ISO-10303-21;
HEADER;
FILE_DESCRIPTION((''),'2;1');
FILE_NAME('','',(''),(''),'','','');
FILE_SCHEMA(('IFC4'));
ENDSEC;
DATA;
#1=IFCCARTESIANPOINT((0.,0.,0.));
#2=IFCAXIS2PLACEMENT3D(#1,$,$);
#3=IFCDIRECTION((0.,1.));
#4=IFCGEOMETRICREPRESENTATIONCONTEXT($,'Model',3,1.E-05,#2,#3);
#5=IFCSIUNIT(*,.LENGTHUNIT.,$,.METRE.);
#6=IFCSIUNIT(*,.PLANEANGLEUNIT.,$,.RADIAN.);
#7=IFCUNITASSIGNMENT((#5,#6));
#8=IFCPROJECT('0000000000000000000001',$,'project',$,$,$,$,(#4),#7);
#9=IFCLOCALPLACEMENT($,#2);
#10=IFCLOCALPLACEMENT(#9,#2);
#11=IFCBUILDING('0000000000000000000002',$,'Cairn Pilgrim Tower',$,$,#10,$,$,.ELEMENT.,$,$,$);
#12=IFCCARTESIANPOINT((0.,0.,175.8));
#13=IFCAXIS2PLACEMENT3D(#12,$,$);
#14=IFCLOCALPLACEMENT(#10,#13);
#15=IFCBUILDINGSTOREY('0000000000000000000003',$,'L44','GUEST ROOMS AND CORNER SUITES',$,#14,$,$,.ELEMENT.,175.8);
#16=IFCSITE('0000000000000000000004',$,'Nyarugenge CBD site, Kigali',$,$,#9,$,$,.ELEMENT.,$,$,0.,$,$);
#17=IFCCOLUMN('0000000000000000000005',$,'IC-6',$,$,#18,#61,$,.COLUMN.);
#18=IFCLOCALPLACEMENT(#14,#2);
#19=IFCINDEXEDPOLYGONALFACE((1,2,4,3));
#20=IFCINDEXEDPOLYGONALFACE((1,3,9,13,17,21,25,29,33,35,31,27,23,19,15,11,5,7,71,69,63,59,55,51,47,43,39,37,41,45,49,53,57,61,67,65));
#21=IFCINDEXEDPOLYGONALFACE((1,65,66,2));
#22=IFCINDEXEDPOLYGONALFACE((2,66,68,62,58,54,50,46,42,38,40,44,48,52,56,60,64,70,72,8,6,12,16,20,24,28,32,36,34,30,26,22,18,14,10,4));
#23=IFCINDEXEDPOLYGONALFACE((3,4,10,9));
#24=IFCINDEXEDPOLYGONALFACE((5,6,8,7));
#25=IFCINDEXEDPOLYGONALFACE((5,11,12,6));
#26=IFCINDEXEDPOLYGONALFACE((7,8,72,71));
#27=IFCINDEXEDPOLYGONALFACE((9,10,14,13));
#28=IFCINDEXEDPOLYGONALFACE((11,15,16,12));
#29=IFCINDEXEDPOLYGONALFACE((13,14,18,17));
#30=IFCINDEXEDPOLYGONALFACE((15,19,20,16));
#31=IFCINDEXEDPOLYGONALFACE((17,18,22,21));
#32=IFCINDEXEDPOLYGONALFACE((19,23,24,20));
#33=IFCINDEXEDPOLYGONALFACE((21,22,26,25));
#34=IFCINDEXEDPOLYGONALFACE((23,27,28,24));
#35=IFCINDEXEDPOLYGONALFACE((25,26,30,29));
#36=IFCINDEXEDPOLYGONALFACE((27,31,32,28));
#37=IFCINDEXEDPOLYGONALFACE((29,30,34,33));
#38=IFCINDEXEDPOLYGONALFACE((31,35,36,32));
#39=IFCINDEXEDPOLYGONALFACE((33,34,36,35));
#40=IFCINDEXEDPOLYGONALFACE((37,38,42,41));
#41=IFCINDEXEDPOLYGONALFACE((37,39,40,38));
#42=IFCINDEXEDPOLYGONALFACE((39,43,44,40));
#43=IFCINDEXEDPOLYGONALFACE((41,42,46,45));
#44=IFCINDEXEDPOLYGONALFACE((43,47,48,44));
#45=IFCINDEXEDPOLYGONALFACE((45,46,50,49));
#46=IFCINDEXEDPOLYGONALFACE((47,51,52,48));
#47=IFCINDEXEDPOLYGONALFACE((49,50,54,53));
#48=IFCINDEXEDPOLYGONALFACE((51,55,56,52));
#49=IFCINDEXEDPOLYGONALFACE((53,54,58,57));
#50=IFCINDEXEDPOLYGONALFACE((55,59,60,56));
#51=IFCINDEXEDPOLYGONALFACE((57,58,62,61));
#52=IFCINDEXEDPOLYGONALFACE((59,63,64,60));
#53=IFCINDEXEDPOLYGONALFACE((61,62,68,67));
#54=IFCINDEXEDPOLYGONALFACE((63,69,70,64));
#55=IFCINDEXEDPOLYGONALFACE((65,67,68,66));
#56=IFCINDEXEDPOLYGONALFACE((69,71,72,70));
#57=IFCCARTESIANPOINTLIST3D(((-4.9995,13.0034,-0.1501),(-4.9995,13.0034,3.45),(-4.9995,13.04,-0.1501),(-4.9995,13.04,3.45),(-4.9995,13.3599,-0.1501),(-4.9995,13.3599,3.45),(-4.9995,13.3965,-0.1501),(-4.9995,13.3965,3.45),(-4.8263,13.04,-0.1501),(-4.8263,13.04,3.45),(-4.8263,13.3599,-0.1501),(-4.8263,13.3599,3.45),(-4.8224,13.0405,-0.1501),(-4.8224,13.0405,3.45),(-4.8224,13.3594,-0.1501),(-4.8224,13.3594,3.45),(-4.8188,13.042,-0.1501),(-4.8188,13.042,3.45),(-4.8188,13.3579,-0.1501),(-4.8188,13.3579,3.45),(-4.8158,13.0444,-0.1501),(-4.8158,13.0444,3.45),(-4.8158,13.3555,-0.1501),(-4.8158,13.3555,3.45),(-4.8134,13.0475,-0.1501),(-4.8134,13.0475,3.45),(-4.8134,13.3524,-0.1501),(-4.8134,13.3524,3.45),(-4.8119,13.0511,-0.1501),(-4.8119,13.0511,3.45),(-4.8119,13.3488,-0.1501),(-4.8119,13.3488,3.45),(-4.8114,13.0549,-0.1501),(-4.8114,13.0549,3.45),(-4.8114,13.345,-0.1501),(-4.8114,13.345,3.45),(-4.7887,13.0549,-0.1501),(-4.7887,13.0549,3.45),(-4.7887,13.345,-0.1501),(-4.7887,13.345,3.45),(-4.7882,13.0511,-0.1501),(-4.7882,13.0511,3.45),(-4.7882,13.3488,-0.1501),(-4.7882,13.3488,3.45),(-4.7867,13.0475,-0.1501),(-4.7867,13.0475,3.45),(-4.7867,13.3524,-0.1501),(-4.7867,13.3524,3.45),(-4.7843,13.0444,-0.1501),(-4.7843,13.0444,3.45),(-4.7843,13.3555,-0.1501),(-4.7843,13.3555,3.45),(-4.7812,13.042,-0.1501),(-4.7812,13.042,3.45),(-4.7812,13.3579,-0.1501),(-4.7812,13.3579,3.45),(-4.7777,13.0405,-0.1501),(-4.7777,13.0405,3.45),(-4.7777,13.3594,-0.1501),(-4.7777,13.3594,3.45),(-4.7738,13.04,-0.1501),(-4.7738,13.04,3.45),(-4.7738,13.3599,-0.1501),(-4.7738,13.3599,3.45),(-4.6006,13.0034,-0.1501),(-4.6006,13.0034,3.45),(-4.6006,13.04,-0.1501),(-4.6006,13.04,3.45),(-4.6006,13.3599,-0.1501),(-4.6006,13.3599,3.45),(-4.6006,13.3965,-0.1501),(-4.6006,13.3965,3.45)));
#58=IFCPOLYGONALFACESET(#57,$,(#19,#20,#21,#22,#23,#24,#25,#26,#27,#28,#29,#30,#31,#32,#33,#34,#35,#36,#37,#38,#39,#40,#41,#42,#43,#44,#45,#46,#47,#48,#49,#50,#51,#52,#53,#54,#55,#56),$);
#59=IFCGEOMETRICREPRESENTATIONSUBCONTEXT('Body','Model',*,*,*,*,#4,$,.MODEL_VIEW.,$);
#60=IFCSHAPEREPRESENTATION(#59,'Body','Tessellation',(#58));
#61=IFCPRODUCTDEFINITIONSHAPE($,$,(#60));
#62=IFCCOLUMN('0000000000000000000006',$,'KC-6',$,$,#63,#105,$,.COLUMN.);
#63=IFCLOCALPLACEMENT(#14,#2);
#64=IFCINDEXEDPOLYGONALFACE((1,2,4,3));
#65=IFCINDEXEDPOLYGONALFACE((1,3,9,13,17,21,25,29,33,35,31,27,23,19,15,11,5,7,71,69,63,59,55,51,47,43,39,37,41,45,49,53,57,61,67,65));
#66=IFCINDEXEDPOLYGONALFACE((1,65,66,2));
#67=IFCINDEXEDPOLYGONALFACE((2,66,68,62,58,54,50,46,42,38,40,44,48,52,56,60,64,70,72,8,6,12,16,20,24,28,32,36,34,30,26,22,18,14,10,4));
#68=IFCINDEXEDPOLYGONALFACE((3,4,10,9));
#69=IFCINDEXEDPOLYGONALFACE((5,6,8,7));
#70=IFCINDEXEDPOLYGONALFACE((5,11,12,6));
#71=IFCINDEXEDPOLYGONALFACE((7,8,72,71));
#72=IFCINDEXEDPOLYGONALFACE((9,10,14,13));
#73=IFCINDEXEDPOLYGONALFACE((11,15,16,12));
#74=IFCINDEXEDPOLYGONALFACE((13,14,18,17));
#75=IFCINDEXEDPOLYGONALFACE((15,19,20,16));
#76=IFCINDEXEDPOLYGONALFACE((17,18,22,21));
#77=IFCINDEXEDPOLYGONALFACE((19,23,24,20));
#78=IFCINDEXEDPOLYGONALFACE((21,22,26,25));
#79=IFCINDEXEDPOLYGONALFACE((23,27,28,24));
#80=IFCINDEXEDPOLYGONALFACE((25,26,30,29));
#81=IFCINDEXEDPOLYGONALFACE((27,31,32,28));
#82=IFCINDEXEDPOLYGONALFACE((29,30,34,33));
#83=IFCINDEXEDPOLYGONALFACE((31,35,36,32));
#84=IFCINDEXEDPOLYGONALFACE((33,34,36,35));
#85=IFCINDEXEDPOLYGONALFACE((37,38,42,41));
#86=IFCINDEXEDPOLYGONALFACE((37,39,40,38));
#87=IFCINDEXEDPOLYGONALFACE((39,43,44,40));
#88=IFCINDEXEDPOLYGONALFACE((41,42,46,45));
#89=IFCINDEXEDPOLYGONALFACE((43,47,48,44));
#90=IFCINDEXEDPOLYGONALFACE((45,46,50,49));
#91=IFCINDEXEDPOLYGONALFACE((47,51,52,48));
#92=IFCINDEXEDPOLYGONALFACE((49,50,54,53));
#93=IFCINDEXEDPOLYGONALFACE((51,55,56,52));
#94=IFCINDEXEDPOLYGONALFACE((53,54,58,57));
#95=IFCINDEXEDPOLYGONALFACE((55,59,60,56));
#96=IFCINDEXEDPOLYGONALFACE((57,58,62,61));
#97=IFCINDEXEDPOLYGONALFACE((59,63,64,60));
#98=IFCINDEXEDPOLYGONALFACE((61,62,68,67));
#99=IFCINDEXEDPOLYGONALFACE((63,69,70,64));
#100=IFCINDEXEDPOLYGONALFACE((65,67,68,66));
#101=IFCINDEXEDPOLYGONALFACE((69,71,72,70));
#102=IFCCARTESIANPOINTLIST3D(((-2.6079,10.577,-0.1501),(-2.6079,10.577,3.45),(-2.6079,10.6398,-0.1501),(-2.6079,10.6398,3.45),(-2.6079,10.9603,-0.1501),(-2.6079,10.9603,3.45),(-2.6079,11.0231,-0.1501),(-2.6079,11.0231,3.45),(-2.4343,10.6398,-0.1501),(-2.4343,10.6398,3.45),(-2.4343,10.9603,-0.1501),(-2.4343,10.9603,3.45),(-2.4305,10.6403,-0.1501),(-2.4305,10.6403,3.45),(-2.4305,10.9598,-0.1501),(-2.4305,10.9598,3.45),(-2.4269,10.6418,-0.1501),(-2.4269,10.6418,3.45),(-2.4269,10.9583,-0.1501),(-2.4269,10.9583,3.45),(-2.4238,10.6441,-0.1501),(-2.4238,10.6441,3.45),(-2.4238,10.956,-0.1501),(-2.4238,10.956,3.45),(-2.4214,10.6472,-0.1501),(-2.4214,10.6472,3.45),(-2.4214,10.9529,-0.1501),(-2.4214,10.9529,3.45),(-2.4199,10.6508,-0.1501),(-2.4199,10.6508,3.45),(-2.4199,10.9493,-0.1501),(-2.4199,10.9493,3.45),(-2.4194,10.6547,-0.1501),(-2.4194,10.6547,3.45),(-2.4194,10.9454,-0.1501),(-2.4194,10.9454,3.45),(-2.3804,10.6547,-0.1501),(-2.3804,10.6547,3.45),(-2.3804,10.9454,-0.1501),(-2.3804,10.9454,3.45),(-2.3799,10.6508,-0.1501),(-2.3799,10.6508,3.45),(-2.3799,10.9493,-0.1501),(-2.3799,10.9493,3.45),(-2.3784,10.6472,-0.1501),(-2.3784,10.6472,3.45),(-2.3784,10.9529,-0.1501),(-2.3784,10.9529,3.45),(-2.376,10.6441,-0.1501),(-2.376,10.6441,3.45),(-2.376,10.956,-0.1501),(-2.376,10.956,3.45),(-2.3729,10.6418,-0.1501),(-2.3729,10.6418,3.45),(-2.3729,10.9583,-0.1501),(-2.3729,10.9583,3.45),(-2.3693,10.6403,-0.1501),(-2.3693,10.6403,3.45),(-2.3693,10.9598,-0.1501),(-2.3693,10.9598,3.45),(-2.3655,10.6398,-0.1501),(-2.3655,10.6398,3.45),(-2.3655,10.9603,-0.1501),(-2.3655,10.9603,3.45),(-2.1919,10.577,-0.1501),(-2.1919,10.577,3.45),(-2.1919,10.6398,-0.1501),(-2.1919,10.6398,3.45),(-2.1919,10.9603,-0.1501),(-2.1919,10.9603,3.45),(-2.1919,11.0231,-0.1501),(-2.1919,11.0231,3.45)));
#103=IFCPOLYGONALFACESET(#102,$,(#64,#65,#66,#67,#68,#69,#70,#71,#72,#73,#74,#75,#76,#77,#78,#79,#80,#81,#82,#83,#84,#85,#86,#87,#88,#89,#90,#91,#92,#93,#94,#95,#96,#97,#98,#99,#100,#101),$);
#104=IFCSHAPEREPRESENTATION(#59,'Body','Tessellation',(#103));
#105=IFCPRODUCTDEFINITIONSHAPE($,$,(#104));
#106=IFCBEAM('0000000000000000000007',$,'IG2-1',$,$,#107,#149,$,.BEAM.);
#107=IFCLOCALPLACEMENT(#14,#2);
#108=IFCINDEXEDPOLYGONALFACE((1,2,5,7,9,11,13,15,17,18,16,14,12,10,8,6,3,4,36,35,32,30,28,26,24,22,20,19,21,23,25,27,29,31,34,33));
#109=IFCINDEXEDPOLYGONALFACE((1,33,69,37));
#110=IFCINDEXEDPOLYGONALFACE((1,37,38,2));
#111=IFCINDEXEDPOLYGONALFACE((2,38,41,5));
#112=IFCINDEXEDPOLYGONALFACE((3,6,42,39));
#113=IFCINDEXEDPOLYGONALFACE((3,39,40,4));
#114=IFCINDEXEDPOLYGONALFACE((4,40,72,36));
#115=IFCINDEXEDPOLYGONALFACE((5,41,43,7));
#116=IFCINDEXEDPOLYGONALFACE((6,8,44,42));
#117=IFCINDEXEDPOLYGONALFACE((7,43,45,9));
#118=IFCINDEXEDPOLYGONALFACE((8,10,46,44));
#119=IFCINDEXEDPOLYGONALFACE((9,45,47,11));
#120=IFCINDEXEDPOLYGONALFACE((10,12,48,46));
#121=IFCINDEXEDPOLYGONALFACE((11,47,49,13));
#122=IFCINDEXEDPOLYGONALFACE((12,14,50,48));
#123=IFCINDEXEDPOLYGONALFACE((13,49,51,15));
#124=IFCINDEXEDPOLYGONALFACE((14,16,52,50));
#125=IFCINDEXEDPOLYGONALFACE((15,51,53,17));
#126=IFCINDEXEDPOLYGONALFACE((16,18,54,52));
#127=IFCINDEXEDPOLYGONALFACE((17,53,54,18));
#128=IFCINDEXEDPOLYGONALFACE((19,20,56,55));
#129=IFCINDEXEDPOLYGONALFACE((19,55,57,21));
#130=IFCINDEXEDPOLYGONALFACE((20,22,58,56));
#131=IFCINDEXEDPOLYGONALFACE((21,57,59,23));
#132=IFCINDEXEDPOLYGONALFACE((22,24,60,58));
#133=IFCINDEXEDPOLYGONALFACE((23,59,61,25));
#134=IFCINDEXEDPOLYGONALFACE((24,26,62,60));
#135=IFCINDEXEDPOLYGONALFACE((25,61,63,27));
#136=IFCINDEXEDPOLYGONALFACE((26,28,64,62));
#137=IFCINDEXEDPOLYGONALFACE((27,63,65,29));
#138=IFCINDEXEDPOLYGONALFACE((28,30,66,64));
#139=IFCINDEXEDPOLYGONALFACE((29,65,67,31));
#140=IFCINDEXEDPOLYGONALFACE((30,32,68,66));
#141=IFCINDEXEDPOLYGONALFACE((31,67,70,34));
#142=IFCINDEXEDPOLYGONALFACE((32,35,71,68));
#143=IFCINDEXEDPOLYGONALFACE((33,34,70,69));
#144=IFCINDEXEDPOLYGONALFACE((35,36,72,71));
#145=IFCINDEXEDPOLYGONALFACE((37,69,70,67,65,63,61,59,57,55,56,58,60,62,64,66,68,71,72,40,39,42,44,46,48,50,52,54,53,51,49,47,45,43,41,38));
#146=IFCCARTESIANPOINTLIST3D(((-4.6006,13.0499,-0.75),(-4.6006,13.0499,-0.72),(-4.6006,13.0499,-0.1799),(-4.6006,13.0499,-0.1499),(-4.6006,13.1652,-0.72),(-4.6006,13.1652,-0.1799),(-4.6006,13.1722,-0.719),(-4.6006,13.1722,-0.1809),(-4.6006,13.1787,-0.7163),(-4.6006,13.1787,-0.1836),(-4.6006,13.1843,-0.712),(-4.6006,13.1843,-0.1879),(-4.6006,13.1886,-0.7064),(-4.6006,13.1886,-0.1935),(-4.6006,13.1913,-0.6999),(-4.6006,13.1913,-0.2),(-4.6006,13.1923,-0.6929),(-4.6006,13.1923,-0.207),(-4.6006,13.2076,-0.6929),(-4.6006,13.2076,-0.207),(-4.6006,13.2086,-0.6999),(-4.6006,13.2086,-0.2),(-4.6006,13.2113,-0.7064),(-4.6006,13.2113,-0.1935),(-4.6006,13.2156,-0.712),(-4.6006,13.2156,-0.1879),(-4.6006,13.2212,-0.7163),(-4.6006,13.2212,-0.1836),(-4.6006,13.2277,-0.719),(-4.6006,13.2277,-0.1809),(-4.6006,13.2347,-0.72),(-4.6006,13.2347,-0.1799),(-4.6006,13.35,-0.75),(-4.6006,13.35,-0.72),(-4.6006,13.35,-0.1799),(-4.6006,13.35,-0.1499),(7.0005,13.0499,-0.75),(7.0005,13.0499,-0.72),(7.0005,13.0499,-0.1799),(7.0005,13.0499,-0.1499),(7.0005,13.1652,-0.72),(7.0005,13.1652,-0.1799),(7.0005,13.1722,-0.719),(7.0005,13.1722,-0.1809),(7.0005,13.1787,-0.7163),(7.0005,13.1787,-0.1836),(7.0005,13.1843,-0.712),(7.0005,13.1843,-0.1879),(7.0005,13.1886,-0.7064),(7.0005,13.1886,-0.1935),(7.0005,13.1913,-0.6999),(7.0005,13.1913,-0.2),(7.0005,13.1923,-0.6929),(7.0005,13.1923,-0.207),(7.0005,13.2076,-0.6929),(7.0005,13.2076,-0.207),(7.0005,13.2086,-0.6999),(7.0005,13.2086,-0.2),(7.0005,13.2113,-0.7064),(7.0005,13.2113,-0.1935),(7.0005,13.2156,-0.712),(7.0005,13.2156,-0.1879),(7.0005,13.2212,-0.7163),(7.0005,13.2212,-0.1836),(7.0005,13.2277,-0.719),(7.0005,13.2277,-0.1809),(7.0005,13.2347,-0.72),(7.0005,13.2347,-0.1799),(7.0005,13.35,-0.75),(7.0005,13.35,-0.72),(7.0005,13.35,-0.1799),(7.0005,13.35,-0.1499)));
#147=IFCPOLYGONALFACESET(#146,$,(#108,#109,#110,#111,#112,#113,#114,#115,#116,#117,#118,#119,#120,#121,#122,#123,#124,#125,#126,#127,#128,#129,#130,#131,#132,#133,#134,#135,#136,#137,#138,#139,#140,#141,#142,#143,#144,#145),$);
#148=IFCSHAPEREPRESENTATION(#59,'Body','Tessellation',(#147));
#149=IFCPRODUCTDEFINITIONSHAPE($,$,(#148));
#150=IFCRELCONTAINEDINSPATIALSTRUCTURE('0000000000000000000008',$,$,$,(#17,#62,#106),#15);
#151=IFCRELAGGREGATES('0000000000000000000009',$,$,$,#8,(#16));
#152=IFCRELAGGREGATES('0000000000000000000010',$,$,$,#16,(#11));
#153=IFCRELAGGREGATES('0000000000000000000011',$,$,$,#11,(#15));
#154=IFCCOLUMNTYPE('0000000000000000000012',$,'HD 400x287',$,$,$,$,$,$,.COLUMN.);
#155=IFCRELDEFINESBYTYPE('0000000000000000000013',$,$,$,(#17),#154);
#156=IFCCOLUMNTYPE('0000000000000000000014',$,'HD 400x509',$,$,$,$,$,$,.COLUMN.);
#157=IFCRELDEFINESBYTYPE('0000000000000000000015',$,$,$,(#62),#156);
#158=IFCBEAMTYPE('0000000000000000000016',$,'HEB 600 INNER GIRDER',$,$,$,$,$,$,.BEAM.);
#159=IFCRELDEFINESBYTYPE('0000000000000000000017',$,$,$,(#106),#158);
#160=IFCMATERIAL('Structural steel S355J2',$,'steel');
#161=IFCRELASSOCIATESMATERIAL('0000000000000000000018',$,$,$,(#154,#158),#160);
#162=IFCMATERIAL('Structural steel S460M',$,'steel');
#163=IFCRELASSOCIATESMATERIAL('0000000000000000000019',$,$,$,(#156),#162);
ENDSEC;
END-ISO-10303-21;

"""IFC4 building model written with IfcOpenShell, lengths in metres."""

from ifc_helpers import new_model, si_unit, direction, frame, origin, origin_2d, place, context, subcontext, project, spatial, i_section, extrude, material, material_profile, profile_set, type_object, element, save


model = new_model("IFC4")

# Units and contexts
model_context = context("Model", 3, precision=1e-05, world=origin(), true_north=direction((0.0, 1.0)))
body_context = subcontext(model_context, "Body", "Model", "MODEL_VIEW")
ifc_project = project(units=[si_unit("LENGTHUNIT", "METRE"), si_unit("PLANEANGLEUNIT", "RADIAN")], contexts=[model_context])

# Site, building, storey
site_placement = place(None, origin())
site = spatial("IfcSite", under=ifc_project, at=site_placement, Name="Nyarugenge CBD site, Kigali", CompositionType="ELEMENT", RefElevation=0.0)
building_placement = place(site_placement, origin())
building = spatial("IfcBuilding", under=site, at=building_placement, Name="Cairn Pilgrim Tower", CompositionType="ELEMENT")
storey_placement = place(building_placement, frame((0.0, 0.0, 175.8)))
storey = spatial("IfcBuildingStorey", under=building, at=storey_placement, Name="L44", Description="GUEST ROOMS AND CORNER SUITES", CompositionType="ELEMENT", Elevation=175.8)

# Columns
ifc_material_1 = material(Name="Structural steel S355J2", Category="steel")
ifc_material_profile_1 = material_profile(ifc_material_1, i_section(OverallWidth=0.3989, OverallDepth=0.3931, WebThickness=0.0227, FlangeThickness=0.0366, FilletRadius=0.0149, at=origin_2d()), Name="HD 400x287")
ifc_profile_set_1 = profile_set([ifc_material_profile_1], Name="Structural steel S355J2")
column_type_1 = type_object("IfcColumnType", Name="HD 400x287", PredefinedType="COLUMN", material=ifc_profile_set_1)
column_1_placement = place(storey_placement, frame((-4.8, 13.2, -0.1501), z_axis=(0.0, 0.0, 1.0), x_axis=(1.0, 0.0, 0.0)))
element("IfcColumn", 1, at=column_1_placement, inside=storey, type_object=column_type_1, Name="IC-6", PredefinedType="COLUMN", context=body_context, shape_type="SweptSolid", body=[
    extrude(i_section(OverallWidth=0.3989, OverallDepth=0.3931, WebThickness=0.0227, FlangeThickness=0.0366, FilletRadius=0.0149, at=origin_2d()), origin(), (0.0, 0.0, 1.0), 3.6001),
])
ifc_material_2 = material(Name="Structural steel S460M", Category="steel")
ifc_material_profile_2 = material_profile(ifc_material_2, i_section(OverallWidth=0.416, OverallDepth=0.446, WebThickness=0.0391, FlangeThickness=0.0627, FilletRadius=0.0149, at=origin_2d()), Name="HD 400x509")
ifc_profile_set_2 = profile_set([ifc_material_profile_2], Name="Structural steel S460M")
column_type_2 = type_object("IfcColumnType", Name="HD 400x509", PredefinedType="COLUMN", material=ifc_profile_set_2)
column_2_placement = place(storey_placement, frame((-2.3999, 10.8, -0.1501), z_axis=(0.0, 0.0, 1.0), x_axis=(1.0, 0.0, 0.0)))
element("IfcColumn", 2, at=column_2_placement, inside=storey, type_object=column_type_2, Name="KC-6", PredefinedType="COLUMN", context=body_context, shape_type="SweptSolid", body=[
    extrude(i_section(OverallWidth=0.416, OverallDepth=0.446, WebThickness=0.0391, FlangeThickness=0.0627, FilletRadius=0.0149, at=origin_2d()), origin(), (0.0, 0.0, 1.0), 3.6001),
])

# Beam
ifc_material_profile_3 = material_profile(ifc_material_1, i_section(OverallWidth=0.3, OverallDepth=0.6001, WebThickness=0.0154, FlangeThickness=0.03, FilletRadius=0.0271, at=origin_2d()), Name="HEB 600")
ifc_profile_set_3 = profile_set([ifc_material_profile_3], Name="Structural steel S355J2")
beam_type_1 = type_object("IfcBeamType", Name="HEB 600 INNER GIRDER", PredefinedType="BEAM", material=ifc_profile_set_3)
beam_1_placement = place(storey_placement, frame((-4.6006, 13.2, -0.45), z_axis=(1.0, 0.0, 0.0), x_axis=(0.0, 1.0, 0.0)))
element("IfcBeam", 3, at=beam_1_placement, inside=storey, type_object=beam_type_1, Name="IG2-1", PredefinedType="BEAM", context=body_context, shape_type="SweptSolid", body=[
    extrude(i_section(OverallWidth=0.3, OverallDepth=0.6001, WebThickness=0.0154, FlangeThickness=0.03, FilletRadius=0.0271, at=origin_2d()), origin(), (0.0, 0.0, 1.0), 11.6011),
])

save(model, "model.ifc")
